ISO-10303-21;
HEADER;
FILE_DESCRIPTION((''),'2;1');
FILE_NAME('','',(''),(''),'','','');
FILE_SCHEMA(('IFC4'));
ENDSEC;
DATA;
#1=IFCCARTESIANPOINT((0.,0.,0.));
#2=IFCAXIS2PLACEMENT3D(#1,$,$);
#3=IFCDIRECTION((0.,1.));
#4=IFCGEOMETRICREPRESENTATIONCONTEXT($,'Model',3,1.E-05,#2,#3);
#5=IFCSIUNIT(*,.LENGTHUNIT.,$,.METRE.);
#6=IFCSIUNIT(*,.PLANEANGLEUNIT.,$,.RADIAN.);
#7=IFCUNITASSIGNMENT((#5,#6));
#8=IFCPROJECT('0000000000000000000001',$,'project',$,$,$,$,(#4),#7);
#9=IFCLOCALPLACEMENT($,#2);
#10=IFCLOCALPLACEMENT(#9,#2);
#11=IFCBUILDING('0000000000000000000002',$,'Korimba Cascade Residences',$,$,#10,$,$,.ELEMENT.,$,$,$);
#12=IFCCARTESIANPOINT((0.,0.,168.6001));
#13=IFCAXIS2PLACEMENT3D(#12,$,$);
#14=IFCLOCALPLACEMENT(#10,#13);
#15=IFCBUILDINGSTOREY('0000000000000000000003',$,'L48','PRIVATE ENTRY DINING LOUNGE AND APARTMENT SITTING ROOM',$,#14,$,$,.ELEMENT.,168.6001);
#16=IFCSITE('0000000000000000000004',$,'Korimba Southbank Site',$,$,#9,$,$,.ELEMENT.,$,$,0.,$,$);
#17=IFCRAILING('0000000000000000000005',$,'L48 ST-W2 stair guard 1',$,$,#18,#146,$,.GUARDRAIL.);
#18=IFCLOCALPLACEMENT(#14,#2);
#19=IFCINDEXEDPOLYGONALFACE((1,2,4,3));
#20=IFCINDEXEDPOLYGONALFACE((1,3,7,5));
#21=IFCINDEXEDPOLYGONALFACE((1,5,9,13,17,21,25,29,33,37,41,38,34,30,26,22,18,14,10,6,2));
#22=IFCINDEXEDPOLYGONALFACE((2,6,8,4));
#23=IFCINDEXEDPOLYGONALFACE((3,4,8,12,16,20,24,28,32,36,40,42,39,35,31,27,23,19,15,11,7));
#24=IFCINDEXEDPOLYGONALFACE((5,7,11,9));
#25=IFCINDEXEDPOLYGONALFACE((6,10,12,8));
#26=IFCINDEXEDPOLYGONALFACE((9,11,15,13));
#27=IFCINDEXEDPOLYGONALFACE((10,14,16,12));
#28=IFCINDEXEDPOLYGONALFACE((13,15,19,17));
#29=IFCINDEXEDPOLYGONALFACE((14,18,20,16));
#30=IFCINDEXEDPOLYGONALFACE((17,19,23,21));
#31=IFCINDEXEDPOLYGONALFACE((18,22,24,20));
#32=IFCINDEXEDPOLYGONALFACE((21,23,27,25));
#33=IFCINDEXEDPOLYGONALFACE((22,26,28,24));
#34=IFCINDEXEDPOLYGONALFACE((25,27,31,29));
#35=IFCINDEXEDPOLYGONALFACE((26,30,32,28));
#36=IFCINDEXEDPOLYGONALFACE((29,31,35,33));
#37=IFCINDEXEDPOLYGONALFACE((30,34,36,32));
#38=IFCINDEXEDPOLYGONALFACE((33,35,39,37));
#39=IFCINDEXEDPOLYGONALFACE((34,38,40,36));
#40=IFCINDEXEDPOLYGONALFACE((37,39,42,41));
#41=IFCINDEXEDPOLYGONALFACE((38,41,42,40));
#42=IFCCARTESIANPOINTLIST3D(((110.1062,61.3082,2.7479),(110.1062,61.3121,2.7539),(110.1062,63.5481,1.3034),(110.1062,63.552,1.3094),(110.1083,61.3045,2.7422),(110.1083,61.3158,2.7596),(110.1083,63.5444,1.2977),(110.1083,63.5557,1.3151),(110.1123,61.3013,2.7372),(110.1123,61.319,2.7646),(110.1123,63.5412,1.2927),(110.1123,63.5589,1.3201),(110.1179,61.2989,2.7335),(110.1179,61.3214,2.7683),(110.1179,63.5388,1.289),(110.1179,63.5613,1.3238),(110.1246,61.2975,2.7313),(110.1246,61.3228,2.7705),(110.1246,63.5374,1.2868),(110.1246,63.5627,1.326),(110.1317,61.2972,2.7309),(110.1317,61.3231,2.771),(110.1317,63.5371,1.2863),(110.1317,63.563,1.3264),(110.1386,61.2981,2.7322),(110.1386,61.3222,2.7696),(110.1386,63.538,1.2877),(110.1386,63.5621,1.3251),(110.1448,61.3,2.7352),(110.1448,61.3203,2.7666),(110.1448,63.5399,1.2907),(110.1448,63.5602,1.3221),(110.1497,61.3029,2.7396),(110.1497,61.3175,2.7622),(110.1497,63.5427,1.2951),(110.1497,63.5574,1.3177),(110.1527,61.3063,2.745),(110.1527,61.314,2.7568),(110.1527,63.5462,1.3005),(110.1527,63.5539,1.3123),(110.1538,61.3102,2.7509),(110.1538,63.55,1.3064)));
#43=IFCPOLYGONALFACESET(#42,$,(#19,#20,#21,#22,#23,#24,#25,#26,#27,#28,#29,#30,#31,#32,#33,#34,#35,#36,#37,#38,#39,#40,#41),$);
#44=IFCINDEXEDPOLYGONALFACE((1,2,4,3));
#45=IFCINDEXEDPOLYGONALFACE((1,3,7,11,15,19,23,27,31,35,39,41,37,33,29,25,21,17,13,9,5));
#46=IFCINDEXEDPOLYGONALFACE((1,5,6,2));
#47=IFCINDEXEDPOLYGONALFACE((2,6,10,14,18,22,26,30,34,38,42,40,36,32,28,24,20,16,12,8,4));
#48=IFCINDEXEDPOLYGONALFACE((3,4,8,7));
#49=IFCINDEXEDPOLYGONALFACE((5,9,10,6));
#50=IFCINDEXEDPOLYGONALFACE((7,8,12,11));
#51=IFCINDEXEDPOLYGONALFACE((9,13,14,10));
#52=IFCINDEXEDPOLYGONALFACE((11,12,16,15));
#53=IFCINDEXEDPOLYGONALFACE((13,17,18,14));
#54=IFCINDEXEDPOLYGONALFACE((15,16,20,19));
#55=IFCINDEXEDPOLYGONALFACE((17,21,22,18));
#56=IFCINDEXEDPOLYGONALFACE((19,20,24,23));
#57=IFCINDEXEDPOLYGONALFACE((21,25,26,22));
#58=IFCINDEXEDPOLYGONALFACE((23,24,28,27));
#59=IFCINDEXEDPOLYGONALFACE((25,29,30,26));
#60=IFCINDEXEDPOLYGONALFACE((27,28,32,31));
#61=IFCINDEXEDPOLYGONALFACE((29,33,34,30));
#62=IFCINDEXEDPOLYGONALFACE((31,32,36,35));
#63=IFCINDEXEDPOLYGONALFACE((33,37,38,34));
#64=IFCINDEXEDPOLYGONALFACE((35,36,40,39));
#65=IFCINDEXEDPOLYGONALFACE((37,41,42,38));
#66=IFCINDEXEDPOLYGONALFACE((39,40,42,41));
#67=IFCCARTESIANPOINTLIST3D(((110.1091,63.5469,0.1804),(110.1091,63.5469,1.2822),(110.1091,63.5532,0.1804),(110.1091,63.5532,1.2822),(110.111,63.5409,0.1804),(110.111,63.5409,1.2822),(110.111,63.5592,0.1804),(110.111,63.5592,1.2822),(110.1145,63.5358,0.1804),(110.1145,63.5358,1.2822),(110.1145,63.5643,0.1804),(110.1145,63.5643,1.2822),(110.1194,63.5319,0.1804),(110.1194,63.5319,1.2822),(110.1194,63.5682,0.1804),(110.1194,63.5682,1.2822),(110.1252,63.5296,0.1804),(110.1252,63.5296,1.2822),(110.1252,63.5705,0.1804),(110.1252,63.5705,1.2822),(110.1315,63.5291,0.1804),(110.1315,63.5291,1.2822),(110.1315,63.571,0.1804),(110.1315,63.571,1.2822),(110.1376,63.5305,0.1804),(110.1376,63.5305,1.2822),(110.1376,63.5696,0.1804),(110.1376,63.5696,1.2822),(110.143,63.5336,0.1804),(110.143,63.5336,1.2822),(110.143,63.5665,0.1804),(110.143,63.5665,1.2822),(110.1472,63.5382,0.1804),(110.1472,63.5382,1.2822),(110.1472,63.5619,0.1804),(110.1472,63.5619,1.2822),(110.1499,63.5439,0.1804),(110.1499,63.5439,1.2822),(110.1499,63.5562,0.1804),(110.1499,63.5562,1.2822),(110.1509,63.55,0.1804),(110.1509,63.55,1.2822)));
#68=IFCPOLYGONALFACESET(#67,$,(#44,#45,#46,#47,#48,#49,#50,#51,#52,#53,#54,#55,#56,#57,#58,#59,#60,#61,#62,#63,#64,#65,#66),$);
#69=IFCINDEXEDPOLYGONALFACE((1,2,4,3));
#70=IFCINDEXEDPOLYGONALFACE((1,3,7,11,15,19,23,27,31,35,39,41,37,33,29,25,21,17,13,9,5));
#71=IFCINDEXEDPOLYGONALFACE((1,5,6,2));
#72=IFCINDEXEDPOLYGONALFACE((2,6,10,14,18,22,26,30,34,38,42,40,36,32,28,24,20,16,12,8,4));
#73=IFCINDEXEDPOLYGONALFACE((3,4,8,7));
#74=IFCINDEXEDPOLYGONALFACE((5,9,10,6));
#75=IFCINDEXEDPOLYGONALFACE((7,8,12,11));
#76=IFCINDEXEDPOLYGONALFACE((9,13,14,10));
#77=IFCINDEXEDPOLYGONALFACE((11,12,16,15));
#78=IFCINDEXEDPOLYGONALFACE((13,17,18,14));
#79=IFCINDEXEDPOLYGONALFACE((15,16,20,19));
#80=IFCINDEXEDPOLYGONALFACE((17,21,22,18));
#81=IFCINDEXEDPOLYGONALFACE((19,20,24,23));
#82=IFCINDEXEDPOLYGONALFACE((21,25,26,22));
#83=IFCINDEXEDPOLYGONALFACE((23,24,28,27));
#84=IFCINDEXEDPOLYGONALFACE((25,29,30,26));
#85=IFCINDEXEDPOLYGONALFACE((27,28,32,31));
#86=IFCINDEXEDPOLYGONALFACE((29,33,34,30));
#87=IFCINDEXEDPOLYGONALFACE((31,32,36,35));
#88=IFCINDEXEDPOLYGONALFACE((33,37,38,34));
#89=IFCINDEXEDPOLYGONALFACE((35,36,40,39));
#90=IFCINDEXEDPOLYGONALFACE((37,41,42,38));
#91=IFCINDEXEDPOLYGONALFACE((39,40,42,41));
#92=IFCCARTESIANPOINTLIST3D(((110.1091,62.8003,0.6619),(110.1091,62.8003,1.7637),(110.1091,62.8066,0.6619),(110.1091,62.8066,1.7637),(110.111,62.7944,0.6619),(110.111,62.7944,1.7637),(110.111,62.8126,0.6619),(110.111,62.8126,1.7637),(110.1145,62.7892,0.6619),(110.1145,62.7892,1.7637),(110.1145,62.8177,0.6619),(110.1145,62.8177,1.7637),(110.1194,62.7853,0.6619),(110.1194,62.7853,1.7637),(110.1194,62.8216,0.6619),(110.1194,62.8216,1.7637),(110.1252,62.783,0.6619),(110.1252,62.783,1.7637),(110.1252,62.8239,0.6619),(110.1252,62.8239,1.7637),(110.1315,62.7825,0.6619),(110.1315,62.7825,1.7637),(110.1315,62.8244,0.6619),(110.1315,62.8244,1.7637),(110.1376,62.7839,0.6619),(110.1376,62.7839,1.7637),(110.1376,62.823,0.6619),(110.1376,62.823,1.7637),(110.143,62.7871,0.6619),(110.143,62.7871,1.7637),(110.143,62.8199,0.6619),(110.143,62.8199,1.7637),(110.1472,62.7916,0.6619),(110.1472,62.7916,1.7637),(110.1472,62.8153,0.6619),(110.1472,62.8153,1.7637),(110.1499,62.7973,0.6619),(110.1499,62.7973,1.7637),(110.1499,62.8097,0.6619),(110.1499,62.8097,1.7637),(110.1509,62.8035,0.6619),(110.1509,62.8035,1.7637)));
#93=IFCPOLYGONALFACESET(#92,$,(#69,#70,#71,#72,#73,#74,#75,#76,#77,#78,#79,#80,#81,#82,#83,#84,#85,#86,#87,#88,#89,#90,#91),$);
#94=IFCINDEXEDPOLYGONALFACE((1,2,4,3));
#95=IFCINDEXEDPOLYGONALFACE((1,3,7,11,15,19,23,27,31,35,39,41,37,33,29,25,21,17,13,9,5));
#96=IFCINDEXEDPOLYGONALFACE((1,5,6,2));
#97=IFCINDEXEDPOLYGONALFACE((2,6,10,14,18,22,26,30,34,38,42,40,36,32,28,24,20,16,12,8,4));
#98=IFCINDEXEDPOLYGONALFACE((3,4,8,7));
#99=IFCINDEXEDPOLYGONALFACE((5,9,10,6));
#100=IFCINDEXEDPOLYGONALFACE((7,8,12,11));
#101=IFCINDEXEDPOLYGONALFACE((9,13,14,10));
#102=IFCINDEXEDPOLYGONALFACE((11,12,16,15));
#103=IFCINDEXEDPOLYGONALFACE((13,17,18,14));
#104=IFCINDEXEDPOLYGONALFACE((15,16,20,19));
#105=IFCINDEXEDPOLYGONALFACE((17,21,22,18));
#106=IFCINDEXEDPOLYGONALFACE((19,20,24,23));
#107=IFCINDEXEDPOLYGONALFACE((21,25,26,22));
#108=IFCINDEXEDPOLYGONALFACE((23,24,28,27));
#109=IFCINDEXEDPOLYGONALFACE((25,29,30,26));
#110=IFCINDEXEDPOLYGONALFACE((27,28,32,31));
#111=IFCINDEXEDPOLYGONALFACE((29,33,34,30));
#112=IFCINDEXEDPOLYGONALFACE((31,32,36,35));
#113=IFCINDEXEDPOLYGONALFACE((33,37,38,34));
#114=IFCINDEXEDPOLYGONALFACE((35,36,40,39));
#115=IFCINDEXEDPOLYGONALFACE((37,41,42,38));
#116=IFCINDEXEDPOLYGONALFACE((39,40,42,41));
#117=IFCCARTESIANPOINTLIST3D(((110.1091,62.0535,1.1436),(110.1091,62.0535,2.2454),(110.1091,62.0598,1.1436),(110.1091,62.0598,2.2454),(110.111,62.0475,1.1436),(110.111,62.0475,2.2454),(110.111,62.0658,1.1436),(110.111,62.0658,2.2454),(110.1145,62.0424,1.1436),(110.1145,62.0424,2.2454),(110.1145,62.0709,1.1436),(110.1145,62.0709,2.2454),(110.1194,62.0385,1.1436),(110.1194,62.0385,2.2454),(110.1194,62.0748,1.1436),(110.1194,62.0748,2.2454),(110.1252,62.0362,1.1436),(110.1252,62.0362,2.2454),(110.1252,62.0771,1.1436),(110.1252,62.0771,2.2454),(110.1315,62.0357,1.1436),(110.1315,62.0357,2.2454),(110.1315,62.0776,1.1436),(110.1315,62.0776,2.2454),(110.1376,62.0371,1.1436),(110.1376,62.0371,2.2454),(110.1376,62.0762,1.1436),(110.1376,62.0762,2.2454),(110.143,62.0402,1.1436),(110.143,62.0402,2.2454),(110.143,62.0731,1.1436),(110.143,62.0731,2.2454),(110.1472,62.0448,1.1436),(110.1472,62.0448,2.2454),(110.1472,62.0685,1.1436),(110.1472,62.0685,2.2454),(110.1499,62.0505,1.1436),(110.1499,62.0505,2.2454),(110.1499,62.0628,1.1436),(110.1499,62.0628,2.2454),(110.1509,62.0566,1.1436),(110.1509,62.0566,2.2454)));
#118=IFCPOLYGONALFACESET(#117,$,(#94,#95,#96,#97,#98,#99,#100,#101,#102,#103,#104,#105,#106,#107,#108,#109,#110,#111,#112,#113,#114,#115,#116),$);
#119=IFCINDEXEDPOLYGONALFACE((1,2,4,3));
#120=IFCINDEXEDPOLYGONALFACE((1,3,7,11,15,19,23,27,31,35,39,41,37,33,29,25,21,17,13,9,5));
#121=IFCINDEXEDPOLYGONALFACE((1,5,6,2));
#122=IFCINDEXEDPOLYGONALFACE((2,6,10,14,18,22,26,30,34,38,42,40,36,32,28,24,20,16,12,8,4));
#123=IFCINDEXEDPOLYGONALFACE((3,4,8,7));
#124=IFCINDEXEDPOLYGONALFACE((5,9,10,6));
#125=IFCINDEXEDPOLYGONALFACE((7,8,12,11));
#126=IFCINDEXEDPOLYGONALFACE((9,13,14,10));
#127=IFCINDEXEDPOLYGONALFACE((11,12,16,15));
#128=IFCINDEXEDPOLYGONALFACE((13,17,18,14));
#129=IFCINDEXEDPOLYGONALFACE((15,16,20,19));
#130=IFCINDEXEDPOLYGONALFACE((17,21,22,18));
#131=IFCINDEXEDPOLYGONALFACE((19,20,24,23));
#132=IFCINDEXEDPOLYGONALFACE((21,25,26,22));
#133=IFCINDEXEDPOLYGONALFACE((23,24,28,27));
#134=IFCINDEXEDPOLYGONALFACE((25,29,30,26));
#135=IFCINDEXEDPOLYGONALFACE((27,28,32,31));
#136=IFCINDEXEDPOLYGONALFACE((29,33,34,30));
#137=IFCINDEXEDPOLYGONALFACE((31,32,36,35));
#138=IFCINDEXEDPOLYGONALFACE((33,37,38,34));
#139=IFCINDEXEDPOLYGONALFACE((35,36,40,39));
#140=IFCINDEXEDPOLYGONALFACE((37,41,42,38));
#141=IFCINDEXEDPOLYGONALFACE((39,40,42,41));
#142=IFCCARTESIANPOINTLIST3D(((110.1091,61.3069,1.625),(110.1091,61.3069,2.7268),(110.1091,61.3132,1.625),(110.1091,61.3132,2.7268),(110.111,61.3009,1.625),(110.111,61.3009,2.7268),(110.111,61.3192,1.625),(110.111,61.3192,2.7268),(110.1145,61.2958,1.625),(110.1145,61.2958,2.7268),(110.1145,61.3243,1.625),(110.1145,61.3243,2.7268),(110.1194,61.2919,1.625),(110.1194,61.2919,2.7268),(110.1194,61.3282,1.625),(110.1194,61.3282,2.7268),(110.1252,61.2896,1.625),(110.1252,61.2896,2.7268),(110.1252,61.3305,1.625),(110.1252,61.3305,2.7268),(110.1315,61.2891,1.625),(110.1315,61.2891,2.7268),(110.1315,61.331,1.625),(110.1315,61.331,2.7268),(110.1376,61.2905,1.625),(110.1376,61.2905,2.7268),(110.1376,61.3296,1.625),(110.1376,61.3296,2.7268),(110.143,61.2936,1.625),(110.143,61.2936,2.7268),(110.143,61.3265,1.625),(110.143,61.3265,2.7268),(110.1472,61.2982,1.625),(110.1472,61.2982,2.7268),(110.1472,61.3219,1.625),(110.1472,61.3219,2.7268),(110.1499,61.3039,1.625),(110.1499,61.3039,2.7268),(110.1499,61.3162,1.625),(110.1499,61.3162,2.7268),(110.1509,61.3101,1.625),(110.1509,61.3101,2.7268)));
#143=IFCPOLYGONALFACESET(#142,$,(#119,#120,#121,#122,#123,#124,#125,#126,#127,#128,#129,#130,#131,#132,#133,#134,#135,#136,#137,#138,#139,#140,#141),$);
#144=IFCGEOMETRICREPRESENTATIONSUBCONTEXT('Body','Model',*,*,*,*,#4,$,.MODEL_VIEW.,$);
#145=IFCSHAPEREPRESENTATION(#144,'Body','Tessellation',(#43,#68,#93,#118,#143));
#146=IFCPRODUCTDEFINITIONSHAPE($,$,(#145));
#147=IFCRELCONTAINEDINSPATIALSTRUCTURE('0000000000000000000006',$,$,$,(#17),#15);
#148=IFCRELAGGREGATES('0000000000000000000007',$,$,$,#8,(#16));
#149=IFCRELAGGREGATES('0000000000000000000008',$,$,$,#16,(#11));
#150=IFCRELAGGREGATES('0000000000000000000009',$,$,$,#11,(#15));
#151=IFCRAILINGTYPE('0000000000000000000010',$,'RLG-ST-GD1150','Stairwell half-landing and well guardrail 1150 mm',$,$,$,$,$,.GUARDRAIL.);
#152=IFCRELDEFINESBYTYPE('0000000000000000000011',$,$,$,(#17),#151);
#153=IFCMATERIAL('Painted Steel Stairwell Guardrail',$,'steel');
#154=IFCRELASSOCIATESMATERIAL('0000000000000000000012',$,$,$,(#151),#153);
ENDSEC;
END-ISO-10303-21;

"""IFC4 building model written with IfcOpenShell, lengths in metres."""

from ifc_helpers import new_model, si_unit, direction, frame, origin, origin_2d, place, context, subcontext, project, spatial, circle, extrude, material, type_object, element, save


model = new_model("IFC4")

# Units and contexts
model_context = context("Model", 3, precision=1e-05, world=origin(), true_north=direction((0.0, 1.0)))
body_context = subcontext(model_context, "Body", "Model", "MODEL_VIEW")
ifc_project = project(units=[si_unit("LENGTHUNIT", "METRE"), si_unit("PLANEANGLEUNIT", "RADIAN")], contexts=[model_context])

# Site, building, storey
site_placement = place(None, origin())
site = spatial("IfcSite", under=ifc_project, at=site_placement, Name="Korimba Southbank Site", CompositionType="ELEMENT", RefElevation=0.0)
building_placement = place(site_placement, origin())
building = spatial("IfcBuilding", under=site, at=building_placement, Name="Korimba Cascade Residences", CompositionType="ELEMENT")
storey_placement = place(building_placement, frame((0.0, 0.0, 168.6001)))
storey = spatial("IfcBuildingStorey", under=building, at=storey_placement, Name="L48", Description="PRIVATE ENTRY DINING LOUNGE AND APARTMENT SITTING ROOM", CompositionType="ELEMENT", Elevation=168.6001)

# Railing
ifc_material_1 = material(Name="Painted Steel Stairwell Guardrail", Category="steel")
railing_type_1 = type_object("IfcRailingType", Name="RLG-ST-GD1150", Description="Stairwell half-landing and well guardrail 1150 mm", PredefinedType="GUARDRAIL", material=ifc_material_1)
railing_1_placement = place(storey_placement, frame((110.1299, 63.55, 0.1804)))
element("IfcRailing", 1, at=railing_1_placement, inside=storey, type_object=railing_type_1, Name="L48 ST-W2 stair guard 1", PredefinedType="GUARDRAIL", context=body_context, shape_type="SweptSolid", body=[
    extrude(circle(Radius=0.0239, at=origin_2d()), frame((0.0, 0.0, 1.126), z_axis=(0.0, -0.840395, 0.541975), x_axis=(1.0, 0.0, 0.0)), (0.0, 0.0, 1.0), 2.6653),
    extrude(circle(Radius=0.021, at=origin_2d()), origin(), (0.0, 0.0, 1.0), 1.1018),
    extrude(circle(Radius=0.021, at=origin_2d()), frame((0.0, -0.7466, 0.4814)), (0.0, 0.0, 1.0), 1.1018),
    extrude(circle(Radius=0.021, at=origin_2d()), frame((0.0, -1.4934, 0.9631)), (0.0, 0.0, 1.0), 1.1018),
    extrude(circle(Radius=0.021, at=origin_2d()), frame((0.0, -2.24, 1.4446)), (0.0, 0.0, 1.0), 1.1018),
])

save(model, "model.ifc")
